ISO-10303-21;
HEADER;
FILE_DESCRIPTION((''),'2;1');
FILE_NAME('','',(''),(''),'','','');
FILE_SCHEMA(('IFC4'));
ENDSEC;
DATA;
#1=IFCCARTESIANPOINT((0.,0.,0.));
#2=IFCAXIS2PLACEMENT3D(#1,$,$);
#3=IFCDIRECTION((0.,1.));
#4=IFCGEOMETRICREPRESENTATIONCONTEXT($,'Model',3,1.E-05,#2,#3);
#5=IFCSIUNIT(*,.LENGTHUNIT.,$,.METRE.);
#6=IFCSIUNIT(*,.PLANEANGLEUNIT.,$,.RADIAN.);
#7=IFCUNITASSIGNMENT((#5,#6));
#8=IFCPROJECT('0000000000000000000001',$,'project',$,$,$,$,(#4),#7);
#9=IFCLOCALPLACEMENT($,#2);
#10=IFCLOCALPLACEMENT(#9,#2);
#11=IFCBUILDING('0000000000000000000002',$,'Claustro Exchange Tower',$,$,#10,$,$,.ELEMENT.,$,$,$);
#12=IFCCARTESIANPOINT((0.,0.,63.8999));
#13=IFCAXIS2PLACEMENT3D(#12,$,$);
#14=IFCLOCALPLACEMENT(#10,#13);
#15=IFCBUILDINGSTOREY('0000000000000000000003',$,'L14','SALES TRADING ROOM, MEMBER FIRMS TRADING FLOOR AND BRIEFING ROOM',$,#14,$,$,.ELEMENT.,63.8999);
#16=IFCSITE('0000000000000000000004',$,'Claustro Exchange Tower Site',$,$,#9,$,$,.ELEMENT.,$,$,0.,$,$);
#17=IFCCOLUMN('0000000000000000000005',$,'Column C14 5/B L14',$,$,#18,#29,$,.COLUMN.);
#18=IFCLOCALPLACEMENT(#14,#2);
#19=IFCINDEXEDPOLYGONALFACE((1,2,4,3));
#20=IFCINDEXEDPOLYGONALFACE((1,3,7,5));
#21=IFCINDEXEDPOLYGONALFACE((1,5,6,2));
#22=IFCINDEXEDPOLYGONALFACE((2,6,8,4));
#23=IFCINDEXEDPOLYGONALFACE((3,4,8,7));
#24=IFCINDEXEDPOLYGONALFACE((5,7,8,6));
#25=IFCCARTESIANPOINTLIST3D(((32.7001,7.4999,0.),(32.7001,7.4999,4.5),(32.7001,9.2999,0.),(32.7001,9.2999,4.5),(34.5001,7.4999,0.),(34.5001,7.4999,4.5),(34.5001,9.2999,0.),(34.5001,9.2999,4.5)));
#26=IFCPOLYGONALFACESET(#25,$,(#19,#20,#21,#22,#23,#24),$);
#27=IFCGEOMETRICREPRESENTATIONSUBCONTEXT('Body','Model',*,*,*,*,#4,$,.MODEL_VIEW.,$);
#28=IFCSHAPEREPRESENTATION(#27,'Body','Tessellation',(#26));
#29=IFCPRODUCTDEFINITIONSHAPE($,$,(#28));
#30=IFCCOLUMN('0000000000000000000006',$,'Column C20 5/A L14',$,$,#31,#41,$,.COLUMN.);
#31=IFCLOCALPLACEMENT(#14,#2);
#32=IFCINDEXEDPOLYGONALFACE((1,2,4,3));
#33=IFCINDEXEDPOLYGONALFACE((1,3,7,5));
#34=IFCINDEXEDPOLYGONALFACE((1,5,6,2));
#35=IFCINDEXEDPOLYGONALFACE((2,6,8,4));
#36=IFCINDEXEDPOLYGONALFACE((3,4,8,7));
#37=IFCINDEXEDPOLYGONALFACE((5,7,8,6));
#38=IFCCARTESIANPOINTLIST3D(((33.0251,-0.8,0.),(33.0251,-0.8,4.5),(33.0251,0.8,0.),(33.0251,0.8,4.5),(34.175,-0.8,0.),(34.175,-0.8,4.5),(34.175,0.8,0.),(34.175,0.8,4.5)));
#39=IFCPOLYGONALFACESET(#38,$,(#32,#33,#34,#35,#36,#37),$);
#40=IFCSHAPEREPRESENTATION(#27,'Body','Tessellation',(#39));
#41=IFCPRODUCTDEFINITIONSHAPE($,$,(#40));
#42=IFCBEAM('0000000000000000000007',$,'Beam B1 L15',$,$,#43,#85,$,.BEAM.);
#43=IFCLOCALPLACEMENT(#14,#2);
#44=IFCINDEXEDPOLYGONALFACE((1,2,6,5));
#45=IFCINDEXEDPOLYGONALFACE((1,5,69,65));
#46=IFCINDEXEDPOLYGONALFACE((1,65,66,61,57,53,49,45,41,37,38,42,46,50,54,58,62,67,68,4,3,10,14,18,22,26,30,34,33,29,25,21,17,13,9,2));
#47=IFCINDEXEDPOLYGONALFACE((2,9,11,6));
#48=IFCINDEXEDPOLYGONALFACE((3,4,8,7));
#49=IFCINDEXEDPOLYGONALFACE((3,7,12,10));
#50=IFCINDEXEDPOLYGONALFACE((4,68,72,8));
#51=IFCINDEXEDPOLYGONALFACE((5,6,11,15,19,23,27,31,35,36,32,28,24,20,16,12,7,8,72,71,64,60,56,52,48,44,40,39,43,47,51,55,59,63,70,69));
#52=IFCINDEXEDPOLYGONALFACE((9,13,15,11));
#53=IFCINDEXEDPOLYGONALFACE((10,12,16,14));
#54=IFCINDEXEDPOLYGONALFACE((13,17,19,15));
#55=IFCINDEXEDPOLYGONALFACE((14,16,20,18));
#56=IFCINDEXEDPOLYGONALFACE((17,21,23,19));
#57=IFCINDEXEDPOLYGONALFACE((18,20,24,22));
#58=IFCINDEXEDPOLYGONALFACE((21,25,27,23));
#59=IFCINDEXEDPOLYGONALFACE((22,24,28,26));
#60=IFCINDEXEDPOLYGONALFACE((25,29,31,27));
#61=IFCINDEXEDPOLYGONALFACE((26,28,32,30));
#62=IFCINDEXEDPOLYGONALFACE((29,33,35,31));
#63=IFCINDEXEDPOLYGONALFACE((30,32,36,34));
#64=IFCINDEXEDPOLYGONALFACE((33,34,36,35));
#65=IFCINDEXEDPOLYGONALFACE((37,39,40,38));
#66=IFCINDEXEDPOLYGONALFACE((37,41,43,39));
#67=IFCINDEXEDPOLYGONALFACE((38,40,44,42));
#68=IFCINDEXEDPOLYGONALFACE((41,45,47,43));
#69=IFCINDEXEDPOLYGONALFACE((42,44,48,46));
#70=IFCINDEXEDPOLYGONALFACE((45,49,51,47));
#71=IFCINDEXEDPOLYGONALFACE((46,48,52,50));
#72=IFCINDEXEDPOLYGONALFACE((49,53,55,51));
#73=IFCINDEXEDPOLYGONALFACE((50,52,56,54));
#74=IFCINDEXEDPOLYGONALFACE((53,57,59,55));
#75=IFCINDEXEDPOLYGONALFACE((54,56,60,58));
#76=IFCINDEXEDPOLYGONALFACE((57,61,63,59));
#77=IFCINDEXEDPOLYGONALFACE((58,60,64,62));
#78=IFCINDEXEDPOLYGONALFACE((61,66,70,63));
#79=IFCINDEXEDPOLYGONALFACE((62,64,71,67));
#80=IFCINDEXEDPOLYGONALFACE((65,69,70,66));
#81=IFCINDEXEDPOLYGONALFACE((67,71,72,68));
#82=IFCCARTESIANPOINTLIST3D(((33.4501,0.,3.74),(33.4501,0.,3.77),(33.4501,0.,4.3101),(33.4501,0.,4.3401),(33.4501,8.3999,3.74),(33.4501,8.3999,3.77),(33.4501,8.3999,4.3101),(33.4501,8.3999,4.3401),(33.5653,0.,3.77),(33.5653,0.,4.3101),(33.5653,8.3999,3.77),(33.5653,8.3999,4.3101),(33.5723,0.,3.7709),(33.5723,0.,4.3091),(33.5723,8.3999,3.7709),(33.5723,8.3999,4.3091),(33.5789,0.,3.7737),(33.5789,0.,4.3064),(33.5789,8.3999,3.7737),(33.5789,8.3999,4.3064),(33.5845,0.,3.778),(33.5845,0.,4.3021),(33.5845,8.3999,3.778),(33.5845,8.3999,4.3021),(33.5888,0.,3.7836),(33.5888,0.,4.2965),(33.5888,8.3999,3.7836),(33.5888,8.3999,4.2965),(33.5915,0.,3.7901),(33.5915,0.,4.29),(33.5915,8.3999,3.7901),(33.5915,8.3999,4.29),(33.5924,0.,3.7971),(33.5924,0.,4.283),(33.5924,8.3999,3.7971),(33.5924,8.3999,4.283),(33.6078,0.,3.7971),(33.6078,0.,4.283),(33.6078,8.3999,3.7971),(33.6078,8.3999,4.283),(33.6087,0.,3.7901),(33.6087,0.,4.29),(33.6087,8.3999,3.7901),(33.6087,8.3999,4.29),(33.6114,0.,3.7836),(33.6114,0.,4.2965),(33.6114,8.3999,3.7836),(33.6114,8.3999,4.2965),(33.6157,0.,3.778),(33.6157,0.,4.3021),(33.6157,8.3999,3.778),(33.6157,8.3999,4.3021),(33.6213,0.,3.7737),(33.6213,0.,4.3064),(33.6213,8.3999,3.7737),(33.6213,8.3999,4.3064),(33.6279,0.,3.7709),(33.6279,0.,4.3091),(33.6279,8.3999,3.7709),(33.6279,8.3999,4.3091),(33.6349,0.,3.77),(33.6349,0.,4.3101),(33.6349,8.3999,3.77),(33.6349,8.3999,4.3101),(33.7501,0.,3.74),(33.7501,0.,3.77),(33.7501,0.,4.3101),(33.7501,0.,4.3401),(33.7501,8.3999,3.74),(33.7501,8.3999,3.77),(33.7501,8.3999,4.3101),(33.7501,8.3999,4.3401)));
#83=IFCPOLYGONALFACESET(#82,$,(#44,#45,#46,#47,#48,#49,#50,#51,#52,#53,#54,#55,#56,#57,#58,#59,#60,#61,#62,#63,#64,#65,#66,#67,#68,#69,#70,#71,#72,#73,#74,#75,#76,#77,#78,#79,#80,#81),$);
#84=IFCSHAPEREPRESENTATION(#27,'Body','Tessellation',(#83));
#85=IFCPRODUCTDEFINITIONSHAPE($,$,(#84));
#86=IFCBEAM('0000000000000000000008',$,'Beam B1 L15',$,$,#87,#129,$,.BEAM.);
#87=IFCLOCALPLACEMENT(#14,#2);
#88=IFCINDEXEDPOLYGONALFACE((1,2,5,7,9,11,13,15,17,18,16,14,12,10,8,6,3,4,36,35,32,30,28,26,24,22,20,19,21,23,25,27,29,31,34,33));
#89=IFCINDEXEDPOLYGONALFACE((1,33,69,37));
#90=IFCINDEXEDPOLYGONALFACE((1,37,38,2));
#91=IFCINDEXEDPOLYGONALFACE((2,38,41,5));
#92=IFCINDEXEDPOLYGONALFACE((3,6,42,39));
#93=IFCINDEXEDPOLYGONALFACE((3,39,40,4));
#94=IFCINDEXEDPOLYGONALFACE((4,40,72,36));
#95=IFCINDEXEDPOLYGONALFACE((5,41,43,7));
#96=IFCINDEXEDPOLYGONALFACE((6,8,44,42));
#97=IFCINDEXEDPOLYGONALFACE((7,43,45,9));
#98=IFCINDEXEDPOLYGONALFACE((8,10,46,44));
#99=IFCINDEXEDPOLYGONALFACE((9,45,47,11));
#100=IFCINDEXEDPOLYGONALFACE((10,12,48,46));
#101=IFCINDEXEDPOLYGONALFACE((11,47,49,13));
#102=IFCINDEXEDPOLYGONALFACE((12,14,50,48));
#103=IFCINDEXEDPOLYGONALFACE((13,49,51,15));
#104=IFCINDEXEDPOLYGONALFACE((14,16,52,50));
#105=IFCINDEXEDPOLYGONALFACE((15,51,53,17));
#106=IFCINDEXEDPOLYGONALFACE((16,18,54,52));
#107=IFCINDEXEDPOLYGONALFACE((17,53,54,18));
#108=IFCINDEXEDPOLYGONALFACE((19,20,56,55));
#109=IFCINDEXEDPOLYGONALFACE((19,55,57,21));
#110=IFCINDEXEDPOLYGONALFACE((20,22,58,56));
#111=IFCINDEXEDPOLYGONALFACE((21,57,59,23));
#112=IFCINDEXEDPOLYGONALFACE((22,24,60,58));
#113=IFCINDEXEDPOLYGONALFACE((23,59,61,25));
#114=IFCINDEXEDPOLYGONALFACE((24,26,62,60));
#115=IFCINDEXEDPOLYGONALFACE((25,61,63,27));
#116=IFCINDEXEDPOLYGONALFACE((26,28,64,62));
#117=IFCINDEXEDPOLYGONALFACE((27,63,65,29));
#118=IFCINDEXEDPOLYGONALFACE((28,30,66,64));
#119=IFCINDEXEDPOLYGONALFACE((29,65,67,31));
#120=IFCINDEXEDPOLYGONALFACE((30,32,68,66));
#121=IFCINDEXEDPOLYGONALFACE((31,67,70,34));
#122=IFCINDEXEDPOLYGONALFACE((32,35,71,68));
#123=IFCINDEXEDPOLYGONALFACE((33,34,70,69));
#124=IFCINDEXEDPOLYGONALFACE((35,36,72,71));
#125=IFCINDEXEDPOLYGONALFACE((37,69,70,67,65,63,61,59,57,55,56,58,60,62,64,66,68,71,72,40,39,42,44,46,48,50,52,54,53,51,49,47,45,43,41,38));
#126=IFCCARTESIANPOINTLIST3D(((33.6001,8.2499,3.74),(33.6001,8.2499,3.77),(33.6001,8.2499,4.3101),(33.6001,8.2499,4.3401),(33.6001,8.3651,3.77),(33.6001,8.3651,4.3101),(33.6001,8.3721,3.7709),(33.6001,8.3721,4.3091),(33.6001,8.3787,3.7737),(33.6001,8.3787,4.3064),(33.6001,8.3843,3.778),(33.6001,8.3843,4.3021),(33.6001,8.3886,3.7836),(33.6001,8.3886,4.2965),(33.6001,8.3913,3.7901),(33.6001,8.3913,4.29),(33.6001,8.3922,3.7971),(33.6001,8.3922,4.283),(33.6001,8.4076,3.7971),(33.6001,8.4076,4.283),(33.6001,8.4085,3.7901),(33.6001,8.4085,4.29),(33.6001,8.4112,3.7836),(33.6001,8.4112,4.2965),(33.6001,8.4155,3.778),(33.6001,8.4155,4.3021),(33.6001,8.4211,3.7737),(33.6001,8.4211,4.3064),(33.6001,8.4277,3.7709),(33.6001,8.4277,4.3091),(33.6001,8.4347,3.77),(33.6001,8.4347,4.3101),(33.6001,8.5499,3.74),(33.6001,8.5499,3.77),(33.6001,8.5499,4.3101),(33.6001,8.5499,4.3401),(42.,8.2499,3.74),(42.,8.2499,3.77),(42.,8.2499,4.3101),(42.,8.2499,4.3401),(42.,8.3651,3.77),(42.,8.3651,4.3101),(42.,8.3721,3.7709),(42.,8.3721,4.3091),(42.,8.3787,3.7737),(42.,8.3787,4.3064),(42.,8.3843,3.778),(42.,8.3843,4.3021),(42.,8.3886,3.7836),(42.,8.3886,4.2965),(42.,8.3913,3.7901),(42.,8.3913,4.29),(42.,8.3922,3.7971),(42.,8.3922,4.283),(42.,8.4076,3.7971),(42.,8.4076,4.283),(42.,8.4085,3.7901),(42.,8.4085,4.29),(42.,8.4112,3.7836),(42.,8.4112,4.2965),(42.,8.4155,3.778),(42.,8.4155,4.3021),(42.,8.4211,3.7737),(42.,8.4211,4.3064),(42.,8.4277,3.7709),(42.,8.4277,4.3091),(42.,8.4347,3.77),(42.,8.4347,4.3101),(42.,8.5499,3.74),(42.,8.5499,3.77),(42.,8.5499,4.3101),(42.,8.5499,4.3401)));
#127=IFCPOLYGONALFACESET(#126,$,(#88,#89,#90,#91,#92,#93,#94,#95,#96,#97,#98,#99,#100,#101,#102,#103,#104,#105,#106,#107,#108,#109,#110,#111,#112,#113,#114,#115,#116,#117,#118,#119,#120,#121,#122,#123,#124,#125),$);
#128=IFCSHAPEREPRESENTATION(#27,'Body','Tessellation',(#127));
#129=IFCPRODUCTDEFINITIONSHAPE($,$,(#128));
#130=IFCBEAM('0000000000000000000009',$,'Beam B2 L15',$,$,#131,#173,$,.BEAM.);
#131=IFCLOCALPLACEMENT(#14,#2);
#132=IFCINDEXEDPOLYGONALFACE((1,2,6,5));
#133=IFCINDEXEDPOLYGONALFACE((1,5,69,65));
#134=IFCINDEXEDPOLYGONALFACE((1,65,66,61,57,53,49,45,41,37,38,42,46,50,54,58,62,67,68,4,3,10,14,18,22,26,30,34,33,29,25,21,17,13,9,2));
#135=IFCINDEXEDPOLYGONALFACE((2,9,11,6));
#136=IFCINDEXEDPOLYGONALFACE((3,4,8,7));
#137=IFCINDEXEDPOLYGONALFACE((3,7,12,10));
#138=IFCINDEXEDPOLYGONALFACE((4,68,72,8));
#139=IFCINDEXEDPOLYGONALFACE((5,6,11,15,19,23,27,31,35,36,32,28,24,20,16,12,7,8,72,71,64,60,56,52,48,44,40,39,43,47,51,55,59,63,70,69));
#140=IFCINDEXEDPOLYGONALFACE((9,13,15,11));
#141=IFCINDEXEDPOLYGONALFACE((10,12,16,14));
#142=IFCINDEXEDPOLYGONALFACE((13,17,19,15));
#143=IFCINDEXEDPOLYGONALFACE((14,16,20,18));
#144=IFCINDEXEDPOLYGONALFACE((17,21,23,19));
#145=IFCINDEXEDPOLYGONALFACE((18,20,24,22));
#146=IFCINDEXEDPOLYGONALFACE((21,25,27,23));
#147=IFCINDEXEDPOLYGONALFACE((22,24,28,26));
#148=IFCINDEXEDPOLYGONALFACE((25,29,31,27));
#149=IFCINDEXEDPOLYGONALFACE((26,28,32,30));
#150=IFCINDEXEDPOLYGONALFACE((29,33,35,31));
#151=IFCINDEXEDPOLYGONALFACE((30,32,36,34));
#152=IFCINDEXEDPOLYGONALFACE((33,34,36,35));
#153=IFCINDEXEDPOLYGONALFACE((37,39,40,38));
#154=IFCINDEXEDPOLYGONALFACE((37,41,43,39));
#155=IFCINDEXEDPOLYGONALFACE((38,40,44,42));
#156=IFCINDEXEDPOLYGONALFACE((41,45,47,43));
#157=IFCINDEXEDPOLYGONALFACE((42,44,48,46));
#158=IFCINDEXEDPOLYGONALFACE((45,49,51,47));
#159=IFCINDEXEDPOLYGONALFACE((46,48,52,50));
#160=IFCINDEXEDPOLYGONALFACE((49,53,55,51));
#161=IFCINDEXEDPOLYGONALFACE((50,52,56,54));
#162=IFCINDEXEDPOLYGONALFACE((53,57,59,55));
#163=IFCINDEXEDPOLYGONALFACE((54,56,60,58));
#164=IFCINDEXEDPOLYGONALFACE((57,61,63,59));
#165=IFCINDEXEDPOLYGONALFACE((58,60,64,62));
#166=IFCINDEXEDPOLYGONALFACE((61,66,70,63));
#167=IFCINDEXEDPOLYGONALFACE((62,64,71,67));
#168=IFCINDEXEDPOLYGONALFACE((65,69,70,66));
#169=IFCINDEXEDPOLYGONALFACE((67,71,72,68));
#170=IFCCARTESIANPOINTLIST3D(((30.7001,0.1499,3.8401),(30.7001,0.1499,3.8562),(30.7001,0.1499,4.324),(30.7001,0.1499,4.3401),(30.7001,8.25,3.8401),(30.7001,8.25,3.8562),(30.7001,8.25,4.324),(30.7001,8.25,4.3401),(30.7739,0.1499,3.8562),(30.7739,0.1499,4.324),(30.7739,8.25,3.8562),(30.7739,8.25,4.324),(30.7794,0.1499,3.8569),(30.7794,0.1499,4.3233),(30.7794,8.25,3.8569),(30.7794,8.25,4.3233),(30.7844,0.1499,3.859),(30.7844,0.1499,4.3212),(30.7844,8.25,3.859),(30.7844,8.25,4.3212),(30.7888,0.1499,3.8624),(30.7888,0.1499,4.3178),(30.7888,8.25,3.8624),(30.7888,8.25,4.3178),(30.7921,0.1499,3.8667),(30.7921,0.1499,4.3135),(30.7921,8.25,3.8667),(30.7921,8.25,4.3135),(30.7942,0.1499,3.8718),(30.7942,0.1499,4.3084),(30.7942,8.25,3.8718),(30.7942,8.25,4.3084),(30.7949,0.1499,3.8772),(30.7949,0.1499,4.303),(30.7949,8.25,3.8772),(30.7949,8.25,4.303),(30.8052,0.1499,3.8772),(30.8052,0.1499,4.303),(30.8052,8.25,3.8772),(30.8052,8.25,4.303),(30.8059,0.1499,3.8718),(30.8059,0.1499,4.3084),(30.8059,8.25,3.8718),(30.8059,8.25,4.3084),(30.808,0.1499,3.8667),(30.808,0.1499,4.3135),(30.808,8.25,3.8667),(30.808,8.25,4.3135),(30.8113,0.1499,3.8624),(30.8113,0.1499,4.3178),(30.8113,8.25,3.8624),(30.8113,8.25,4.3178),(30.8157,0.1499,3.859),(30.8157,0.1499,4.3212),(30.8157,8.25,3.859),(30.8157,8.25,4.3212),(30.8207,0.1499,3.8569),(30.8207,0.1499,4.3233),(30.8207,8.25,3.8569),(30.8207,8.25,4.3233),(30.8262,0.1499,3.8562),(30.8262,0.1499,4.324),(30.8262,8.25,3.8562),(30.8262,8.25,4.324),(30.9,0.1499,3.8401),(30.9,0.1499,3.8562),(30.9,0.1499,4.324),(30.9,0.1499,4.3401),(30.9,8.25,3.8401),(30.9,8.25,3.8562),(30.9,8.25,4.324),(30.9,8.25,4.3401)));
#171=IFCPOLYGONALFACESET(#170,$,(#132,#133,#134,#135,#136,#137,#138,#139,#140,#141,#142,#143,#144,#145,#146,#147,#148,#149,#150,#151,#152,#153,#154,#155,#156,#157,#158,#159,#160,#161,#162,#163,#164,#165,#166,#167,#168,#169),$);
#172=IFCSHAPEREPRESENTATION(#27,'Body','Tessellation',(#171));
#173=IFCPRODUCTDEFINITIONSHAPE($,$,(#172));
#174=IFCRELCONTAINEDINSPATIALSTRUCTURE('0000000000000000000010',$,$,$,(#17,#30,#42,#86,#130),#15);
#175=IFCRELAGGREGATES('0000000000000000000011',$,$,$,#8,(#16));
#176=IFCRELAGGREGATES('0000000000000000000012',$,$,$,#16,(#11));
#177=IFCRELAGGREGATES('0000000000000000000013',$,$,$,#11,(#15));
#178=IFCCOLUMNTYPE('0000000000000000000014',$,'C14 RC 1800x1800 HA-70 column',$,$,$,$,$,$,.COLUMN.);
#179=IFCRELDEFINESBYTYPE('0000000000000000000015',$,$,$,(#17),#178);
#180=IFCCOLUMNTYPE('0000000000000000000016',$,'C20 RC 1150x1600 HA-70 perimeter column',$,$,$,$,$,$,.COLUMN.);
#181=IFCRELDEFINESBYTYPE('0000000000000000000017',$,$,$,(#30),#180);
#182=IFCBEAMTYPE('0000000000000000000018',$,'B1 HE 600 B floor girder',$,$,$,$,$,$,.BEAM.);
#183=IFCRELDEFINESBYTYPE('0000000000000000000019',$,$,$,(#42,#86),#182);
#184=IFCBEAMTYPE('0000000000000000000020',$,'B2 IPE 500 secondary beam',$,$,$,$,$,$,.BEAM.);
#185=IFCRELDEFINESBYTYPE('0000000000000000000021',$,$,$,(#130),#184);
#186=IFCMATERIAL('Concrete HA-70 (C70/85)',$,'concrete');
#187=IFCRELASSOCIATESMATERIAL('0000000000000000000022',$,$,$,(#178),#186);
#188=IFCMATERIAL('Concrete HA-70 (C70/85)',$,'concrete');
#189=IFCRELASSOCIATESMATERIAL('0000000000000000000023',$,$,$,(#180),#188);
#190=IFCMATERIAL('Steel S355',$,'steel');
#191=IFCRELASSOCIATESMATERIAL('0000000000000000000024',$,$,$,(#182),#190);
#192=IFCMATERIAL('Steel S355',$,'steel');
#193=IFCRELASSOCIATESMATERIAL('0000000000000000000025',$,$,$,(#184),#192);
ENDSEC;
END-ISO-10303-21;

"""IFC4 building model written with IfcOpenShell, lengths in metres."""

from ifc_helpers import new_model, si_unit, direction, frame, origin, origin_2d, place, context, subcontext, project, spatial, rectangle, i_section, extrude, material, material_profile, profile_set, type_object, element, save


model = new_model("IFC4")

# Units and contexts
model_context = context("Model", 3, precision=1e-05, world=origin(), true_north=direction((0.0, 1.0)))
body_context = subcontext(model_context, "Body", "Model", "MODEL_VIEW")
ifc_project = project(units=[si_unit("LENGTHUNIT", "METRE"), si_unit("PLANEANGLEUNIT", "RADIAN")], contexts=[model_context])

# Site, building, storey
site_placement = place(None, origin())
site = spatial("IfcSite", under=ifc_project, at=site_placement, Name="Claustro Exchange Tower Site", CompositionType="ELEMENT", RefElevation=0.0)
building_placement = place(site_placement, origin())
building = spatial("IfcBuilding", under=site, at=building_placement, Name="Claustro Exchange Tower", CompositionType="ELEMENT")
storey_placement = place(building_placement, frame((0.0, 0.0, 63.8999)))
storey = spatial("IfcBuildingStorey", under=building, at=storey_placement, Name="L14", Description="SALES TRADING ROOM, MEMBER FIRMS TRADING FLOOR AND BRIEFING ROOM", CompositionType="ELEMENT", Elevation=63.8999)

# Columns
ifc_material_1 = material(Name="Concrete HA-70 (C70/85)", Category="concrete")
ifc_material_profile_1 = material_profile(ifc_material_1, rectangle(XDim=1.8, YDim=1.8, at=origin_2d()), Name="RC 1800x1800")
ifc_profile_set_1 = profile_set([ifc_material_profile_1], Name="Concrete HA-70 (C70/85)")
column_type_1 = type_object("IfcColumnType", Name="C14 RC 1800x1800 HA-70 column", PredefinedType="COLUMN", material=ifc_profile_set_1)
column_1_placement = place(storey_placement, frame((33.6001, 8.3999, 0.0), z_axis=(0.0, 0.0, 1.0), x_axis=(1.0, 0.0, 0.0)))
element("IfcColumn", 1, at=column_1_placement, inside=storey, type_object=column_type_1, Name="Column C14 5/B L14", PredefinedType="COLUMN", context=body_context, shape_type="SweptSolid", body=[
    extrude(rectangle(XDim=1.8, YDim=1.8, at=origin_2d()), origin(), (0.0, 0.0, 1.0), 4.5),
])
ifc_material_2 = material(Name="Concrete HA-70 (C70/85)", Category="concrete")
ifc_material_profile_2 = material_profile(ifc_material_2, rectangle(XDim=1.1499, YDim=1.6001, at=origin_2d()), Name="RC 1150x1600")
ifc_profile_set_2 = profile_set([ifc_material_profile_2], Name="Concrete HA-70 (C70/85)")
column_type_2 = type_object("IfcColumnType", Name="C20 RC 1150x1600 HA-70 perimeter column", PredefinedType="COLUMN", material=ifc_profile_set_2)
column_2_placement = place(storey_placement, frame((33.6001, 0.0, 0.0), z_axis=(0.0, 0.0, 1.0), x_axis=(1.0, 0.0, 0.0)))
element("IfcColumn", 2, at=column_2_placement, inside=storey, type_object=column_type_2, Name="Column C20 5/A L14", PredefinedType="COLUMN", context=body_context, shape_type="SweptSolid", body=[
    extrude(rectangle(XDim=1.1499, YDim=1.6001, at=origin_2d()), origin(), (0.0, 0.0, 1.0), 4.5),
])

# Beams
ifc_material_3 = material(Name="Steel S355", Category="steel")
ifc_material_profile_3 = material_profile(ifc_material_3, i_section(OverallWidth=0.3, OverallDepth=0.6001, WebThickness=0.0154, FlangeThickness=0.03, FilletRadius=0.0271, at=origin_2d()), Name="HE 600 B")
ifc_profile_set_3 = profile_set([ifc_material_profile_3], Name="Steel S355")
beam_type_1 = type_object("IfcBeamType", Name="B1 HE 600 B floor girder", PredefinedType="BEAM", material=ifc_profile_set_3)
for number, where, z_axis, x_axis, name in (
    (3, (33.6001, 0.0, 4.04), (0.0, 1.0, 0.0), (-1.0, 0.0, 0.0), "Beam B1 L15"),
    (4, (33.6001, 8.3999, 4.04), (1.0, 0.0, 0.0), (0.0, 1.0, 0.0), "Beam B1 L15"),
):
    element("IfcBeam", number, at=place(storey_placement, frame(where, z_axis=z_axis, x_axis=x_axis)), inside=storey, type_object=beam_type_1, Name=name, PredefinedType="BEAM", context=body_context, shape_type="SweptSolid", body=[
        extrude(i_section(OverallWidth=0.3, OverallDepth=0.6001, WebThickness=0.0154, FlangeThickness=0.03, FilletRadius=0.0271, at=origin_2d()), origin(), (0.0, 0.0, 1.0), 8.3999),
    ])
ifc_material_4 = material(Name="Steel S355", Category="steel")
ifc_material_profile_4 = material_profile(ifc_material_4, i_section(OverallWidth=0.2, OverallDepth=0.5, WebThickness=0.0103, FlangeThickness=0.0161, FilletRadius=0.021, at=origin_2d()), Name="IPE 500")
ifc_profile_set_4 = profile_set([ifc_material_profile_4], Name="Steel S355")
beam_type_2 = type_object("IfcBeamType", Name="B2 IPE 500 secondary beam", PredefinedType="BEAM", material=ifc_profile_set_4)
beam_1_placement = place(storey_placement, frame((30.8, 0.1499, 4.0901), z_axis=(0.0, 1.0, 0.0), x_axis=(-1.0, 0.0, 0.0)))
element("IfcBeam", 5, at=beam_1_placement, inside=storey, type_object=beam_type_2, Name="Beam B2 L15", PredefinedType="BEAM", context=body_context, shape_type="SweptSolid", body=[
    extrude(i_section(OverallWidth=0.2, OverallDepth=0.5, WebThickness=0.0103, FlangeThickness=0.0161, FilletRadius=0.021, at=origin_2d()), origin(), (0.0, 0.0, 1.0), 8.1001),
])

save(model, "model.ifc")
